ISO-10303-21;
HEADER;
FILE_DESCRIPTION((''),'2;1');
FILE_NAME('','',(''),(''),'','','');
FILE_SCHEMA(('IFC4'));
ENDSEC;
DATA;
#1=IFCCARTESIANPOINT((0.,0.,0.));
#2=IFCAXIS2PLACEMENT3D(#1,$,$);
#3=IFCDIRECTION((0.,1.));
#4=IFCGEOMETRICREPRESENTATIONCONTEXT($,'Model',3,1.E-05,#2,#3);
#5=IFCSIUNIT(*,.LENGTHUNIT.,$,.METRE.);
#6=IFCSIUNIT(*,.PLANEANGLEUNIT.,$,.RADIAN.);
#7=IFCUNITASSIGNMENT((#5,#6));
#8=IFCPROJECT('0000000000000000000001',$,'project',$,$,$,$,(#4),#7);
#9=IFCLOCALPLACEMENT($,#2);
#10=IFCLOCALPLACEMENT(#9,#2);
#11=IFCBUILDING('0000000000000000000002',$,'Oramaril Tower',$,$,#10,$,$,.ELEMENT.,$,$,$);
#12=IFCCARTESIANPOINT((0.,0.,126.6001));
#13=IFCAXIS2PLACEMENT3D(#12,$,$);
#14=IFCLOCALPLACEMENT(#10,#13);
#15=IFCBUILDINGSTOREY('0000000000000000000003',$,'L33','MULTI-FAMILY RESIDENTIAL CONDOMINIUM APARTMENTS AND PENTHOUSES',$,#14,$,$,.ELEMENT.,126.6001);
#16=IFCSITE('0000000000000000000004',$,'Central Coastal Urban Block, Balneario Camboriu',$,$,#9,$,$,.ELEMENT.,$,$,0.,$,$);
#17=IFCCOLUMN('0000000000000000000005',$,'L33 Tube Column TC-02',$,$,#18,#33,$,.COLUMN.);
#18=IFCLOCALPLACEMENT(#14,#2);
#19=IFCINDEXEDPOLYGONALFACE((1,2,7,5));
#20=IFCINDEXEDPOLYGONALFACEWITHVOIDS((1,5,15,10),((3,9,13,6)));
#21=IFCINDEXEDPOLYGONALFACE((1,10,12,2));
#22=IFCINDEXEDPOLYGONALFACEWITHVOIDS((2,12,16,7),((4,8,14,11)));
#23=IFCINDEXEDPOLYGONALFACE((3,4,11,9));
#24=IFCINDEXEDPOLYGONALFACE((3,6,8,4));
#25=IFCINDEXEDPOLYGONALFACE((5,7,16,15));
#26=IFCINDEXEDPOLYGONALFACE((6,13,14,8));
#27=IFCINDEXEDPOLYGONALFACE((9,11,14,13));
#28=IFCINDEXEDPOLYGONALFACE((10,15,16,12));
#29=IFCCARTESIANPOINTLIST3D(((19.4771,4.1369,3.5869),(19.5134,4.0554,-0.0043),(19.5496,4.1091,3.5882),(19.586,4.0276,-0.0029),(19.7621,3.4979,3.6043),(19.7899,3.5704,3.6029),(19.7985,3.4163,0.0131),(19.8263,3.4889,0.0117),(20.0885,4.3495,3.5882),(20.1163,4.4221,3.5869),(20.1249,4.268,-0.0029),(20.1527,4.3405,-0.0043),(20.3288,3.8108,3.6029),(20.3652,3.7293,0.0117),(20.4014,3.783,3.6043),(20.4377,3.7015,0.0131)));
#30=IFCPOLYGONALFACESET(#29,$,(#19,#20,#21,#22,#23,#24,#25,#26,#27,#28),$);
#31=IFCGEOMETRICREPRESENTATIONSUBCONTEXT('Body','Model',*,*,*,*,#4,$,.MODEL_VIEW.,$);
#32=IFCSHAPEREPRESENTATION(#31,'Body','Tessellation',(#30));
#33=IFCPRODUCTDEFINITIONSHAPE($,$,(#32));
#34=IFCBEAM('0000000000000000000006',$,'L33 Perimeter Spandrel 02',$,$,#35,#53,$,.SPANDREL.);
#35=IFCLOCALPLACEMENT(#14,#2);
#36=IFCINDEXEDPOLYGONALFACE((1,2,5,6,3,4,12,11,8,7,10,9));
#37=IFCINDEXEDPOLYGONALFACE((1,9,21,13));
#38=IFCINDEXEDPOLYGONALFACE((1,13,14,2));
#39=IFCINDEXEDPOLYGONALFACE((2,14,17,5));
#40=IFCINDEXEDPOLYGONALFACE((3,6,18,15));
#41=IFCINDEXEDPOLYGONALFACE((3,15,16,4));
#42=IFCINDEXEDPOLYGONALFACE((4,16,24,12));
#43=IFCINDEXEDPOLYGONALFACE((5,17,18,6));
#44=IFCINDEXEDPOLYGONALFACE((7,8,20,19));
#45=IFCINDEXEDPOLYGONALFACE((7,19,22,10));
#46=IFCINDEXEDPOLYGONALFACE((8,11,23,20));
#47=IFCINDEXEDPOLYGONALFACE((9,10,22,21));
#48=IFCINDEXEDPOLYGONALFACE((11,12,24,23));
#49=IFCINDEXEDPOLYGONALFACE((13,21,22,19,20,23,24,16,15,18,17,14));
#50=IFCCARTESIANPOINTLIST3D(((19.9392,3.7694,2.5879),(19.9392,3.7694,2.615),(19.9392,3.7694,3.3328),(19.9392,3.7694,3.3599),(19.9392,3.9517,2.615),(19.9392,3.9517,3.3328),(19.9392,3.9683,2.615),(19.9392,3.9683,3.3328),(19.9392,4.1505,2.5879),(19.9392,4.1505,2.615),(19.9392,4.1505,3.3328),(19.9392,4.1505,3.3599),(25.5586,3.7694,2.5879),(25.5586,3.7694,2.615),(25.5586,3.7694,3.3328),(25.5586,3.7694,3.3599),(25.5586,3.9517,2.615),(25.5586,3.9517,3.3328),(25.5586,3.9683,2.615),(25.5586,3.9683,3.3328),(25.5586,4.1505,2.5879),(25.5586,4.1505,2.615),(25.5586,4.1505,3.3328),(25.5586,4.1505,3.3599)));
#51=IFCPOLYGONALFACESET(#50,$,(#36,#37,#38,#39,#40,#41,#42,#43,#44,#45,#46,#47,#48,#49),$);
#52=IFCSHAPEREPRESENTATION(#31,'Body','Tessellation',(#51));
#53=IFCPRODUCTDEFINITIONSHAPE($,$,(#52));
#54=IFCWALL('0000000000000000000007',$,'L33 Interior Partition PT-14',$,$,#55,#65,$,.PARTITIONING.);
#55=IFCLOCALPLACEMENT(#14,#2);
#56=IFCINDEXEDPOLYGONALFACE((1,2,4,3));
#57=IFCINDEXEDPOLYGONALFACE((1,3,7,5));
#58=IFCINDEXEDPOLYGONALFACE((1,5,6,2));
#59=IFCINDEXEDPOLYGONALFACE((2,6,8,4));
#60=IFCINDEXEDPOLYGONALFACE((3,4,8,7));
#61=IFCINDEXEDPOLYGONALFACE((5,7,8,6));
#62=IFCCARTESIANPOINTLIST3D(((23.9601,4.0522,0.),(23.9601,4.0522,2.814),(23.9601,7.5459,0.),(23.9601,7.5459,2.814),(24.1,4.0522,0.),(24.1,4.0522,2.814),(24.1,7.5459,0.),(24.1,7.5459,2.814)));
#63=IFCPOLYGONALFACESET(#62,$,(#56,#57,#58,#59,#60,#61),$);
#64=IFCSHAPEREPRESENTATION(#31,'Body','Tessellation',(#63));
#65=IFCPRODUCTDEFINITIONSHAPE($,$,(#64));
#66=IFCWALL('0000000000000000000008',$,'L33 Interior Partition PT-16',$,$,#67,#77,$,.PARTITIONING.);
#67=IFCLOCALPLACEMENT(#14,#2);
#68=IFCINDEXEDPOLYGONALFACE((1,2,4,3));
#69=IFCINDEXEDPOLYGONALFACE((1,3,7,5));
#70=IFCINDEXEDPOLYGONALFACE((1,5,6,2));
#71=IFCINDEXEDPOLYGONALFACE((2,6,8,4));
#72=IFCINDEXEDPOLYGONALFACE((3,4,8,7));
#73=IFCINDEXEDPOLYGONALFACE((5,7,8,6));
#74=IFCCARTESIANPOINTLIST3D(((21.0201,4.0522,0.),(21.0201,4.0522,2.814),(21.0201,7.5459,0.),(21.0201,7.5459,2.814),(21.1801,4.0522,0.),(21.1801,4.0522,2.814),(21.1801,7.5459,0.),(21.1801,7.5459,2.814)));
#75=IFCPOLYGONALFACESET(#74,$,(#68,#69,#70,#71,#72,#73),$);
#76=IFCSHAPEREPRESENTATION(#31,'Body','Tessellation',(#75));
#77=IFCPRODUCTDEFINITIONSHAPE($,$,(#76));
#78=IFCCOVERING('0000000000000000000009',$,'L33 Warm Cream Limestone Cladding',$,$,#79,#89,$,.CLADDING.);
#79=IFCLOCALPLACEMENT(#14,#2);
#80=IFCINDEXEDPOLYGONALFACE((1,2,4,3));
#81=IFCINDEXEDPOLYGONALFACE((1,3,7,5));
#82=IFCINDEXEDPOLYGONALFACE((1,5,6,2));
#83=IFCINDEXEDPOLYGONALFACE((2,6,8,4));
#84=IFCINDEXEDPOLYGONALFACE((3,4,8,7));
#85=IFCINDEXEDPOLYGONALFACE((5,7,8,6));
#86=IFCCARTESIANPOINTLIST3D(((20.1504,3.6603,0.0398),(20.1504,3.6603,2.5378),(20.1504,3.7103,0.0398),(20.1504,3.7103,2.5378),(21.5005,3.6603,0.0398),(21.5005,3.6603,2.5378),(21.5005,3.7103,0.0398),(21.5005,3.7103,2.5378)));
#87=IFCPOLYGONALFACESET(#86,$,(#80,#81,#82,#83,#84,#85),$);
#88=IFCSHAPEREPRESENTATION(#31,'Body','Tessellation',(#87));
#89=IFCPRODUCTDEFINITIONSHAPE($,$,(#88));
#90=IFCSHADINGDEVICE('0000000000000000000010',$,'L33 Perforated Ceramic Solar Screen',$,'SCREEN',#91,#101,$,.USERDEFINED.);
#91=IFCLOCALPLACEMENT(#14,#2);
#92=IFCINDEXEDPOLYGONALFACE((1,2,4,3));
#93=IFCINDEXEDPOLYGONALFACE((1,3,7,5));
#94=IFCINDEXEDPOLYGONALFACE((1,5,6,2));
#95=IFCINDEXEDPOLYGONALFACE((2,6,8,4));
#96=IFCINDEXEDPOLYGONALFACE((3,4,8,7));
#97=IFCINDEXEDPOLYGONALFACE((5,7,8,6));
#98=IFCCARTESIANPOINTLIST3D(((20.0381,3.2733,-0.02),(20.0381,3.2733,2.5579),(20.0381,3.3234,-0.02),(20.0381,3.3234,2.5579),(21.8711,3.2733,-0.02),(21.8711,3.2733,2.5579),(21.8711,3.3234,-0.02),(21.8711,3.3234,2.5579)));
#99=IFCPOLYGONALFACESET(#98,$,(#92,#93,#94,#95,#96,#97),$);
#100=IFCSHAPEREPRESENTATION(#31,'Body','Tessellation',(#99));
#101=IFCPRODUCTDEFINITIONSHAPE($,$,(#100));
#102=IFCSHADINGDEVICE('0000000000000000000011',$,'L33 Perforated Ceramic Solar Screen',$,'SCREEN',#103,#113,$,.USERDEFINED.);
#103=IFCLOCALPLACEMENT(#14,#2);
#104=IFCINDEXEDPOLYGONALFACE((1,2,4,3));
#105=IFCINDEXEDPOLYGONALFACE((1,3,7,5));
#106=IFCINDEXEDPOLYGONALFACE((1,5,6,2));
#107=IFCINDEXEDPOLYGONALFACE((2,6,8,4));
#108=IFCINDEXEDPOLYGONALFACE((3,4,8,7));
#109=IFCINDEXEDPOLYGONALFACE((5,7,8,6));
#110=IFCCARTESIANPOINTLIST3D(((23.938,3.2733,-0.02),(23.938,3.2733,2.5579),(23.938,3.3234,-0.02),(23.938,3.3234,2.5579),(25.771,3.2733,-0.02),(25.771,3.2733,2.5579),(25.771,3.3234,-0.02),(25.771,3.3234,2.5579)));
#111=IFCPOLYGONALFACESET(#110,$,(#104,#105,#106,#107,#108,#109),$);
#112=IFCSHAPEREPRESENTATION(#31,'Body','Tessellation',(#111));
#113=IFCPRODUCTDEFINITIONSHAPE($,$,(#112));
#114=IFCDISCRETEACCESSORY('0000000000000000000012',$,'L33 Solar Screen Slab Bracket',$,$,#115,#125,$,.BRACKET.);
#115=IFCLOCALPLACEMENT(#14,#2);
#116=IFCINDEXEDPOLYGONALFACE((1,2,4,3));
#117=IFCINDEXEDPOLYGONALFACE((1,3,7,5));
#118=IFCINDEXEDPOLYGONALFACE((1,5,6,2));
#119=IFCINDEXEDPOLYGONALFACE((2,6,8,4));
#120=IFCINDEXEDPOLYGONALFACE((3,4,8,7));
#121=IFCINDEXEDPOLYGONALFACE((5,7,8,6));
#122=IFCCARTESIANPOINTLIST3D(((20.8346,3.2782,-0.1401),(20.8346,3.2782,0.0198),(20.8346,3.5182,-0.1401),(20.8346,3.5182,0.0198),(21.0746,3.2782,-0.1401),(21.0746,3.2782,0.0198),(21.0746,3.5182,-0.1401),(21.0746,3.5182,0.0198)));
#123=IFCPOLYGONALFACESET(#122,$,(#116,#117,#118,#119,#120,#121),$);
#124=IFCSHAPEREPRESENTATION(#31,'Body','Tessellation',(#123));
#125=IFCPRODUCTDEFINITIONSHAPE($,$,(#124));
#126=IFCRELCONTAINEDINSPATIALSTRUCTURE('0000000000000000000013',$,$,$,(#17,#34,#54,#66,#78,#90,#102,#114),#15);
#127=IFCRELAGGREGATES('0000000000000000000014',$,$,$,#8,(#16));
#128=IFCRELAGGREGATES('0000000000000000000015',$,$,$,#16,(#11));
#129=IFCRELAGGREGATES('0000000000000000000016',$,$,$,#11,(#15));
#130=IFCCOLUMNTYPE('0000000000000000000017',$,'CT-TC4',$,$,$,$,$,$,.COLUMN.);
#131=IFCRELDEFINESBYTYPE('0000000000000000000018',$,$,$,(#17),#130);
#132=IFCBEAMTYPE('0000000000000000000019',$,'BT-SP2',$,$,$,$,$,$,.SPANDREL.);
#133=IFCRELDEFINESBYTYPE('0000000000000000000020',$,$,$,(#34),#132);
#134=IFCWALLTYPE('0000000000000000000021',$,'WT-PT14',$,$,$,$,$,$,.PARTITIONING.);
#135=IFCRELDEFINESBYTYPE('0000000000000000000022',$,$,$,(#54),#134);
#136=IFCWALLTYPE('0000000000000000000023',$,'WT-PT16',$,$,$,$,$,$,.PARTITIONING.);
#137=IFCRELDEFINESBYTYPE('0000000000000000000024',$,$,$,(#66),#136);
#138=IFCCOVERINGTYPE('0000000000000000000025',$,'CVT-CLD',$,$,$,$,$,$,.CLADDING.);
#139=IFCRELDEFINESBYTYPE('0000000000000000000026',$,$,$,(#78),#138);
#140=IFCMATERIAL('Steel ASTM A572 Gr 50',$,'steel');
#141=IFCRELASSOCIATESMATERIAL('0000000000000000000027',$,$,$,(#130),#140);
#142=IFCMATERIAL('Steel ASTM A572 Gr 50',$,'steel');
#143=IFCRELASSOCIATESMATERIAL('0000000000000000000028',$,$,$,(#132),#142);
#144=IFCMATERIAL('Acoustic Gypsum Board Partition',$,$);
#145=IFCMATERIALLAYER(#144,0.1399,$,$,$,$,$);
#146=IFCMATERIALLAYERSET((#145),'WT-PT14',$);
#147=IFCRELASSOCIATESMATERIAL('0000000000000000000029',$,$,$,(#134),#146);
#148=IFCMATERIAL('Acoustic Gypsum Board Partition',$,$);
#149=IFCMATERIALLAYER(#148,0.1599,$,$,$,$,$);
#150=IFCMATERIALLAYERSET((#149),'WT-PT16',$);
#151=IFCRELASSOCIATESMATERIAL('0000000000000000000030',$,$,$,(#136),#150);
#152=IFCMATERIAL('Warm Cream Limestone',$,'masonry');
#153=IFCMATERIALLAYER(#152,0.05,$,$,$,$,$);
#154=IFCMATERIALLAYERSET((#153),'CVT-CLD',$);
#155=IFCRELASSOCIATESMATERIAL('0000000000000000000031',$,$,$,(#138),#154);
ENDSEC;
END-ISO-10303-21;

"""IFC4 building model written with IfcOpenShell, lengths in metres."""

from ifc_helpers import new_model, si_unit, direction, frame, frame_2d, origin, origin_2d, place, context, subcontext, project, spatial, rectangle, hollow_rectangle, i_section, extrude, material, layer, layer_set, material_profile, profile_set, type_object, element, save


model = new_model("IFC4")

# Units and contexts
model_context = context("Model", 3, precision=1e-05, world=origin(), true_north=direction((0.0, 1.0)))
body_context = subcontext(model_context, "Body", "Model", "MODEL_VIEW")
ifc_project = project(units=[si_unit("LENGTHUNIT", "METRE"), si_unit("PLANEANGLEUNIT", "RADIAN")], contexts=[model_context])

# Site, building, storey
site_placement = place(None, origin())
site = spatial("IfcSite", under=ifc_project, at=site_placement, Name="Central Coastal Urban Block, Balneario Camboriu", CompositionType="ELEMENT", RefElevation=0.0)
building_placement = place(site_placement, origin())
building = spatial("IfcBuilding", under=site, at=building_placement, Name="Oramaril Tower", CompositionType="ELEMENT")
storey_placement = place(building_placement, frame((0.0, 0.0, 126.6001)))
storey = spatial("IfcBuildingStorey", under=building, at=storey_placement, Name="L33", Description="MULTI-FAMILY RESIDENTIAL CONDOMINIUM APARTMENTS AND PENTHOUSES", CompositionType="ELEMENT", Elevation=126.6001)

# Column
ifc_material_1 = material(Name="Steel ASTM A572 Gr 50", Category="steel")
ifc_material_profile_1 = material_profile(ifc_material_1, hollow_rectangle(XDim=0.7, YDim=0.7, WallThickness=0.0549, at=origin_2d()), Name="BOX700X700X55")
ifc_profile_set_1 = profile_set([ifc_material_profile_1], Name="Steel ASTM A572 Gr 50")
column_type = type_object("IfcColumnType", Name="CT-TC4", PredefinedType="COLUMN", material=ifc_profile_set_1)
column_placement = place(storey_placement, frame((19.9756, 3.8784, 0.0044), z_axis=(-0.010127, 0.0227, 0.999691), x_axis=(-0.913247, -0.407407, 0.0)))
element("IfcColumn", 1, at=column_placement, inside=storey, type_object=column_type, Name="L33 Tube Column TC-02", PredefinedType="COLUMN", context=body_context, shape_type="SweptSolid", body=[
    extrude(hollow_rectangle(XDim=0.7, YDim=0.7, WallThickness=0.0549, at=origin_2d()), origin(), (0.0, 0.0, 1.0), 3.5923),
])

# Beam
ifc_material_2 = material(Name="Steel ASTM A572 Gr 50", Category="steel")
ifc_material_profile_2 = material_profile(ifc_material_2, i_section(OverallWidth=0.3811, OverallDepth=0.772, WebThickness=0.0166, FlangeThickness=0.0271, at=origin_2d()), Name="W30X173")
ifc_profile_set_2 = profile_set([ifc_material_profile_2], Name="Steel ASTM A572 Gr 50")
beam_type = type_object("IfcBeamType", Name="BT-SP2", PredefinedType="SPANDREL", material=ifc_profile_set_2)
beam_placement = place(storey_placement, frame((19.9392, 3.96, 2.9739), z_axis=(1.0, 0.0, 0.0), x_axis=(0.0, 1.0, 0.0)))
element("IfcBeam", 2, at=beam_placement, inside=storey, type_object=beam_type, Name="L33 Perimeter Spandrel 02", PredefinedType="SPANDREL", context=body_context, shape_type="SweptSolid", body=[
    extrude(i_section(OverallWidth=0.3811, OverallDepth=0.772, WebThickness=0.0166, FlangeThickness=0.0271, at=origin_2d()), origin(), (0.0, 0.0, 1.0), 5.6194),
])

# Walls
ifc_material_3 = material(Name="Acoustic Gypsum Board Partition")
ifc_layer_1 = layer(ifc_material_3, 0.1399)
ifc_layer_set_1 = layer_set([ifc_layer_1], Name="WT-PT14")
wall_type_1 = type_object("IfcWallType", Name="WT-PT14", PredefinedType="PARTITIONING", material=ifc_layer_set_1)
wall_1_placement = place(storey_placement, frame((24.03, 4.0522, 0.0), z_axis=(0.0, 0.0, 1.0), x_axis=(0.0, 1.0, 0.0)))
element("IfcWall", 3, at=wall_1_placement, inside=storey, type_object=wall_type_1, Name="L33 Interior Partition PT-14", PredefinedType="PARTITIONING", context=body_context, shape_type="SweptSolid", body=[
    extrude(rectangle(XDim=3.4937, YDim=0.1399, at=frame_2d((1.7468, 0.0))), origin(), (0.0, 0.0, 1.0), 2.814),
])
ifc_material_4 = material(Name="Acoustic Gypsum Board Partition")
ifc_layer_2 = layer(ifc_material_4, 0.1599)
ifc_layer_set_2 = layer_set([ifc_layer_2], Name="WT-PT16")
wall_type_2 = type_object("IfcWallType", Name="WT-PT16", PredefinedType="PARTITIONING", material=ifc_layer_set_2)
wall_2_placement = place(storey_placement, frame((21.1001, 4.0522, 0.0), z_axis=(0.0, 0.0, 1.0), x_axis=(0.0, 1.0, 0.0)))
element("IfcWall", 4, at=wall_2_placement, inside=storey, type_object=wall_type_2, Name="L33 Interior Partition PT-16", PredefinedType="PARTITIONING", context=body_context, shape_type="SweptSolid", body=[
    extrude(rectangle(XDim=3.4937, YDim=0.1599, at=frame_2d((1.7468, 0.0))), origin(), (0.0, 0.0, 1.0), 2.814),
])

# Covering
ifc_material_5 = material(Name="Warm Cream Limestone", Category="masonry")
ifc_layer_3 = layer(ifc_material_5, 0.05)
ifc_layer_set_3 = layer_set([ifc_layer_3], Name="CVT-CLD")
covering_type = type_object("IfcCoveringType", Name="CVT-CLD", PredefinedType="CLADDING", material=ifc_layer_set_3)
covering_placement = place(storey_placement, frame((20.8254, 3.6853, 0.0398), z_axis=(0.0, 0.0, 1.0), x_axis=(1.0, 0.0, 0.0)))
element("IfcCovering", 5, at=covering_placement, inside=storey, type_object=covering_type, Name="L33 Warm Cream Limestone Cladding", PredefinedType="CLADDING", context=body_context, shape_type="SweptSolid", body=[
    extrude(rectangle(XDim=1.3501, YDim=0.05, at=origin_2d()), origin(), (0.0, 0.0, 1.0), 2.498),
])

# Shading devices
for number, where, z_axis, x_axis, name in (
    (6, (20.9546, 3.2983, -0.02), (0.0, 0.0, 1.0), (1.0, 0.0, 0.0), "L33 Perforated Ceramic Solar Screen"),
    (7, (24.8545, 3.2983, -0.02), (0.0, 0.0, 1.0), (1.0, 0.0, 0.0), "L33 Perforated Ceramic Solar Screen"),
):
    element("IfcShadingDevice", number, at=place(storey_placement, frame(where, z_axis=z_axis, x_axis=x_axis)), inside=storey, Name=name, ObjectType="SCREEN", PredefinedType="USERDEFINED", context=body_context, shape_type="SweptSolid", body=[
        extrude(rectangle(XDim=1.833, YDim=0.05, at=origin_2d()), origin(), (0.0, 0.0, 1.0), 2.5779),
    ])

# Discrete accessory
discrete_accessory_placement = place(storey_placement, frame((20.9546, 3.3982, -0.1401), z_axis=(0.0, 0.0, 1.0), x_axis=(1.0, 0.0, 0.0)))
element("IfcDiscreteAccessory", 8, at=discrete_accessory_placement, inside=storey, Name="L33 Solar Screen Slab Bracket", PredefinedType="BRACKET", context=body_context, shape_type="SweptSolid", body=[
    extrude(rectangle(XDim=0.24, YDim=0.24, at=origin_2d()), origin(), (0.0, 0.0, 1.0), 0.1599),
])

save(model, "model.ifc")
